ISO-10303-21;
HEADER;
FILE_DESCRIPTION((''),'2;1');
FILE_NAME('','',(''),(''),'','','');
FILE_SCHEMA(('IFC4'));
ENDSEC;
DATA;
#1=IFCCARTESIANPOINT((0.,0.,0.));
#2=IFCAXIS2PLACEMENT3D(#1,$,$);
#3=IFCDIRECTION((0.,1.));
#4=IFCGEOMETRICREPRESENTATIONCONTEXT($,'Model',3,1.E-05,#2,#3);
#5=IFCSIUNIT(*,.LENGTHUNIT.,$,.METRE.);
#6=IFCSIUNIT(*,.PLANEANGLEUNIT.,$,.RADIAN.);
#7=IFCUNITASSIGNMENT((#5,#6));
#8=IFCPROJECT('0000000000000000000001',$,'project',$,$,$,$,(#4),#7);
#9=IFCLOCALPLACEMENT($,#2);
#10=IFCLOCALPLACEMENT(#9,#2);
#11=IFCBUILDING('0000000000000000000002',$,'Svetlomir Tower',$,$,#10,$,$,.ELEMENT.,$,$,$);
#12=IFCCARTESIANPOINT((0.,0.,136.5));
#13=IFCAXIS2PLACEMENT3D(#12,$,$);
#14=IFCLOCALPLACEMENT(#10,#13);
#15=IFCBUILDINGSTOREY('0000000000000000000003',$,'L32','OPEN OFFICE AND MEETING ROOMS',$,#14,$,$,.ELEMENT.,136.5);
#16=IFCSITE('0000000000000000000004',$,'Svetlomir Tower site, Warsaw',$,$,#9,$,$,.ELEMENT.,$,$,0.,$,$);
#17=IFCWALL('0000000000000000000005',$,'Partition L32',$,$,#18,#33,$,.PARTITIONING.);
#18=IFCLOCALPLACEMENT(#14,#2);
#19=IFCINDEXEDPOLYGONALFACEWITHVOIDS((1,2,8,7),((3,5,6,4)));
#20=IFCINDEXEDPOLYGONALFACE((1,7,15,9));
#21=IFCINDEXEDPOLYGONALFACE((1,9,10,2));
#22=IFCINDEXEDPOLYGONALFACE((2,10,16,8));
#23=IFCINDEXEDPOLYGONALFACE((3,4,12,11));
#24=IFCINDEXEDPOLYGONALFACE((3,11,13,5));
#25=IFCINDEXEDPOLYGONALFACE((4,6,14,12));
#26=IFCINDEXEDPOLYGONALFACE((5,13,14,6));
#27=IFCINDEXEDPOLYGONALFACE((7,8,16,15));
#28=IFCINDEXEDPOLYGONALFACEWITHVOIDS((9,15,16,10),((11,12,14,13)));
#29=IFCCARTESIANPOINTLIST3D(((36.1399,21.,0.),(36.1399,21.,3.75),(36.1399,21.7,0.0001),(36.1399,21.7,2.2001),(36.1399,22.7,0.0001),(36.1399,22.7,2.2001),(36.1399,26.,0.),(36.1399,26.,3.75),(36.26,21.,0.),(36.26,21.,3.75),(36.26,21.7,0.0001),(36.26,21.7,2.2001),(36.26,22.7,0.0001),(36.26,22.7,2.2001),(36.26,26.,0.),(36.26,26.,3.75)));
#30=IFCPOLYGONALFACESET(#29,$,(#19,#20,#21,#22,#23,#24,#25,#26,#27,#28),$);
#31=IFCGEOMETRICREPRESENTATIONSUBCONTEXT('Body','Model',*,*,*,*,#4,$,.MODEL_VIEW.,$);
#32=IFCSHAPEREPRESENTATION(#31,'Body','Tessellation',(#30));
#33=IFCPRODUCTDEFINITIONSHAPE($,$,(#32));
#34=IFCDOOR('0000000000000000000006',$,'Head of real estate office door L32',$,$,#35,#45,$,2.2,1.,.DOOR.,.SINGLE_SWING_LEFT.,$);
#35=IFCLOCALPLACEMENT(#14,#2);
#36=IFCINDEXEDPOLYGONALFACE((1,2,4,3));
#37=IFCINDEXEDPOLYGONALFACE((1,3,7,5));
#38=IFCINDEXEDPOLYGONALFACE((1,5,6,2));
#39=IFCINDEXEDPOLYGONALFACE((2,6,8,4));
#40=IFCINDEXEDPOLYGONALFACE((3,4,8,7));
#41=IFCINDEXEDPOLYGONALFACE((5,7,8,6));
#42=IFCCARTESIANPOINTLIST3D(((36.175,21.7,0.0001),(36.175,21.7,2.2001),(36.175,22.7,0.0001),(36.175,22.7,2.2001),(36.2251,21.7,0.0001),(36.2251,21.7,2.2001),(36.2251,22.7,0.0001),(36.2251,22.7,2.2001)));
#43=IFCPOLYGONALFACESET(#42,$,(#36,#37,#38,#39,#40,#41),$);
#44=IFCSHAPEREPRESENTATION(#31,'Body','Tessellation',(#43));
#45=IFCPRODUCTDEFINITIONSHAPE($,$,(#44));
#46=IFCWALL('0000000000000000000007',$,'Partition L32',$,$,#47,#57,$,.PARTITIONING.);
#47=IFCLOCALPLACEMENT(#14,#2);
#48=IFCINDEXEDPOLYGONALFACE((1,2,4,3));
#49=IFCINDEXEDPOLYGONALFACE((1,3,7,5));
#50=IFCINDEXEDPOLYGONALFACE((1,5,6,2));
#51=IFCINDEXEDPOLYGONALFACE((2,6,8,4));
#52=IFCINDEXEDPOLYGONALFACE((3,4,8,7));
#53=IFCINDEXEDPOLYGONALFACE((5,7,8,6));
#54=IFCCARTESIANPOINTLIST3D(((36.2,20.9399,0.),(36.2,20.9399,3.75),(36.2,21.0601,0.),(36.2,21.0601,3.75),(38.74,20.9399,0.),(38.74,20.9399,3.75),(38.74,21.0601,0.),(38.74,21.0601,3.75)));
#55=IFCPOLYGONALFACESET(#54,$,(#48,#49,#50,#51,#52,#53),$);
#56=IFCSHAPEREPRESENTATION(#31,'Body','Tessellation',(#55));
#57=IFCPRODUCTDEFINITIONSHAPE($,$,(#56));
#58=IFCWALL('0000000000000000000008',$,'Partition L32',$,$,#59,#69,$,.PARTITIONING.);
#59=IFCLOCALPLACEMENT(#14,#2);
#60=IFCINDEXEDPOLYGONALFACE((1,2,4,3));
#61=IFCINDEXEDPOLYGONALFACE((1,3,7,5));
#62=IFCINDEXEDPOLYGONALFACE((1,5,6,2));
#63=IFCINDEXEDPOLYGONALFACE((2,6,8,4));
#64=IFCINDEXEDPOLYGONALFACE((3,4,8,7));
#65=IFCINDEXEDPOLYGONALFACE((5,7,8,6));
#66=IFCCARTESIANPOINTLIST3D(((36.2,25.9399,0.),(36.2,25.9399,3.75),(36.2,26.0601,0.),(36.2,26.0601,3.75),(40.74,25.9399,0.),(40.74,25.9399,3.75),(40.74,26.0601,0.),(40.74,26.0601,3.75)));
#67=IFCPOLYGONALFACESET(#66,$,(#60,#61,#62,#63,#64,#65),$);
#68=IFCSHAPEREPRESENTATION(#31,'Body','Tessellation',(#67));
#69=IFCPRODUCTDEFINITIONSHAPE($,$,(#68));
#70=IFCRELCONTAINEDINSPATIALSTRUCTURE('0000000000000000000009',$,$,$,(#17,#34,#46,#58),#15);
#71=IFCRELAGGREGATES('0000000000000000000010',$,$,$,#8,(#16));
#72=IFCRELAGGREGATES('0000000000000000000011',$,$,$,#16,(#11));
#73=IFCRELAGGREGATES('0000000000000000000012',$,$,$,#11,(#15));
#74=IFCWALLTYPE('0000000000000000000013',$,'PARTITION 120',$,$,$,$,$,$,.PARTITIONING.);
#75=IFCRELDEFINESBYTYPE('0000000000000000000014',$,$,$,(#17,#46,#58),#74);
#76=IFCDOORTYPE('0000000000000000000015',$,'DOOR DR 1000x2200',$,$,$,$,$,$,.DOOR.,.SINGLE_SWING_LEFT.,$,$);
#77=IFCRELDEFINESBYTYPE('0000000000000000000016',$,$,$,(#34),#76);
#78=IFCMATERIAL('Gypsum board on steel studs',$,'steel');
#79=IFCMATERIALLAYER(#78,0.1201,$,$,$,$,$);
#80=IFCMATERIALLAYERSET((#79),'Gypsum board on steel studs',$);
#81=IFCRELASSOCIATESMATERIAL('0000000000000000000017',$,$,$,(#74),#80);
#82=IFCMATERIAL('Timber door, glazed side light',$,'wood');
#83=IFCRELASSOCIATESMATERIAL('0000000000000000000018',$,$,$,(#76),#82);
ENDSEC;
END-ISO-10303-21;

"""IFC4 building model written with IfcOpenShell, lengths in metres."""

from ifc_helpers import new_model, si_unit, direction, frame, frame_2d, origin, place, context, subcontext, project, spatial, rectangle, extrude, material, layer, layer_set, type_object, element, fill, save


model = new_model("IFC4")

# Units and contexts
model_context = context("Model", 3, precision=1e-05, world=origin(), true_north=direction((0.0, 1.0)))
body_context = subcontext(model_context, "Body", "Model", "MODEL_VIEW")
ifc_project = project(units=[si_unit("LENGTHUNIT", "METRE"), si_unit("PLANEANGLEUNIT", "RADIAN")], contexts=[model_context])

# Site, building, storey
site_placement = place(None, origin())
site = spatial("IfcSite", under=ifc_project, at=site_placement, Name="Svetlomir Tower site, Warsaw", CompositionType="ELEMENT", RefElevation=0.0)
building_placement = place(site_placement, origin())
building = spatial("IfcBuilding", under=site, at=building_placement, Name="Svetlomir Tower", CompositionType="ELEMENT")
storey_placement = place(building_placement, frame((0.0, 0.0, 136.5)))
storey = spatial("IfcBuildingStorey", under=building, at=storey_placement, Name="L32", Description="OPEN OFFICE AND MEETING ROOMS", CompositionType="ELEMENT", Elevation=136.5)

# Wall, opening, door
ifc_material_1 = material(Name="Gypsum board on steel studs", Category="steel")
ifc_layer_1 = layer(ifc_material_1, 0.1201)
ifc_layer_set_1 = layer_set([ifc_layer_1], Name="Gypsum board on steel studs")
wall_type_1 = type_object("IfcWallType", Name="PARTITION 120", PredefinedType="PARTITIONING", material=ifc_layer_set_1)
wall_1_placement = place(storey_placement, frame((36.2, 21.0, 0.0), z_axis=(0.0, 0.0, 1.0), x_axis=(0.0, 1.0, 0.0)))
wall_1 = element("IfcWall", 1, at=wall_1_placement, inside=storey, type_object=wall_type_1, Name="Partition L32", PredefinedType="PARTITIONING", context=body_context, shape_type="SweptSolid", body=[
    extrude(rectangle(XDim=5.0, YDim=0.1201, at=frame_2d((2.5, 0.0))), origin(), (0.0, 0.0, 1.0), 3.75),
])
opening_placement = place(wall_1_placement, frame((0.7, 0.0, 0.0)))
opening = element("IfcOpeningElement", 2, at=opening_placement, cuts=wall_1, PredefinedType="OPENING", context=body_context, shape_type="SweptSolid", body=[
    extrude(rectangle(XDim=1.0, YDim=2.2, at=frame_2d((0.5, 1.1001))), frame((0.0, 0.0701, 0.0), z_axis=(0.0, -1.0, 0.0), x_axis=(1.0, 0.0, 0.0)), (0.0, 0.0, 1.0), 0.1401),
])
ifc_material_2 = material(Name="Timber door, glazed side light", Category="wood")
door_type = type_object("IfcDoorType", Name="DOOR DR 1000x2200", OperationType="SINGLE_SWING_LEFT", PredefinedType="DOOR", material=ifc_material_2)
door_placement = place(opening_placement, origin())
door = element("IfcDoor", 3, at=door_placement, inside=storey, type_object=door_type, Name="Head of real estate office door L32", OperationType="SINGLE_SWING_LEFT", OverallHeight=2.2, OverallWidth=1.0, PredefinedType="DOOR", context=body_context, shape_type="SweptSolid", body=[
    extrude(rectangle(XDim=1.0, YDim=2.2, at=frame_2d((0.5, 1.1001))), frame((0.0, 0.0249, 0.0), z_axis=(0.0, -1.0, 0.0), x_axis=(1.0, 0.0, 0.0)), (0.0, 0.0, 1.0), 0.05),
])
fill(opening, door)

# Walls
wall_2_placement = place(storey_placement, frame((36.2, 21.0, 0.0), z_axis=(0.0, 0.0, 1.0), x_axis=(1.0, 0.0, 0.0)))
element("IfcWall", 4, at=wall_2_placement, inside=storey, type_object=wall_type_1, Name="Partition L32", PredefinedType="PARTITIONING", context=body_context, shape_type="SweptSolid", body=[
    extrude(rectangle(XDim=2.54, YDim=0.1201, at=frame_2d((1.27, 0.0))), origin(), (0.0, 0.0, 1.0), 3.75),
])
wall_3_placement = place(storey_placement, frame((36.2, 26.0, 0.0), z_axis=(0.0, 0.0, 1.0), x_axis=(1.0, 0.0, 0.0)))
element("IfcWall", 5, at=wall_3_placement, inside=storey, type_object=wall_type_1, Name="Partition L32", PredefinedType="PARTITIONING", context=body_context, shape_type="SweptSolid", body=[
    extrude(rectangle(XDim=4.54, YDim=0.1201, at=frame_2d((2.27, 0.0))), origin(), (0.0, 0.0, 1.0), 3.75),
])

save(model, "model.ifc")
